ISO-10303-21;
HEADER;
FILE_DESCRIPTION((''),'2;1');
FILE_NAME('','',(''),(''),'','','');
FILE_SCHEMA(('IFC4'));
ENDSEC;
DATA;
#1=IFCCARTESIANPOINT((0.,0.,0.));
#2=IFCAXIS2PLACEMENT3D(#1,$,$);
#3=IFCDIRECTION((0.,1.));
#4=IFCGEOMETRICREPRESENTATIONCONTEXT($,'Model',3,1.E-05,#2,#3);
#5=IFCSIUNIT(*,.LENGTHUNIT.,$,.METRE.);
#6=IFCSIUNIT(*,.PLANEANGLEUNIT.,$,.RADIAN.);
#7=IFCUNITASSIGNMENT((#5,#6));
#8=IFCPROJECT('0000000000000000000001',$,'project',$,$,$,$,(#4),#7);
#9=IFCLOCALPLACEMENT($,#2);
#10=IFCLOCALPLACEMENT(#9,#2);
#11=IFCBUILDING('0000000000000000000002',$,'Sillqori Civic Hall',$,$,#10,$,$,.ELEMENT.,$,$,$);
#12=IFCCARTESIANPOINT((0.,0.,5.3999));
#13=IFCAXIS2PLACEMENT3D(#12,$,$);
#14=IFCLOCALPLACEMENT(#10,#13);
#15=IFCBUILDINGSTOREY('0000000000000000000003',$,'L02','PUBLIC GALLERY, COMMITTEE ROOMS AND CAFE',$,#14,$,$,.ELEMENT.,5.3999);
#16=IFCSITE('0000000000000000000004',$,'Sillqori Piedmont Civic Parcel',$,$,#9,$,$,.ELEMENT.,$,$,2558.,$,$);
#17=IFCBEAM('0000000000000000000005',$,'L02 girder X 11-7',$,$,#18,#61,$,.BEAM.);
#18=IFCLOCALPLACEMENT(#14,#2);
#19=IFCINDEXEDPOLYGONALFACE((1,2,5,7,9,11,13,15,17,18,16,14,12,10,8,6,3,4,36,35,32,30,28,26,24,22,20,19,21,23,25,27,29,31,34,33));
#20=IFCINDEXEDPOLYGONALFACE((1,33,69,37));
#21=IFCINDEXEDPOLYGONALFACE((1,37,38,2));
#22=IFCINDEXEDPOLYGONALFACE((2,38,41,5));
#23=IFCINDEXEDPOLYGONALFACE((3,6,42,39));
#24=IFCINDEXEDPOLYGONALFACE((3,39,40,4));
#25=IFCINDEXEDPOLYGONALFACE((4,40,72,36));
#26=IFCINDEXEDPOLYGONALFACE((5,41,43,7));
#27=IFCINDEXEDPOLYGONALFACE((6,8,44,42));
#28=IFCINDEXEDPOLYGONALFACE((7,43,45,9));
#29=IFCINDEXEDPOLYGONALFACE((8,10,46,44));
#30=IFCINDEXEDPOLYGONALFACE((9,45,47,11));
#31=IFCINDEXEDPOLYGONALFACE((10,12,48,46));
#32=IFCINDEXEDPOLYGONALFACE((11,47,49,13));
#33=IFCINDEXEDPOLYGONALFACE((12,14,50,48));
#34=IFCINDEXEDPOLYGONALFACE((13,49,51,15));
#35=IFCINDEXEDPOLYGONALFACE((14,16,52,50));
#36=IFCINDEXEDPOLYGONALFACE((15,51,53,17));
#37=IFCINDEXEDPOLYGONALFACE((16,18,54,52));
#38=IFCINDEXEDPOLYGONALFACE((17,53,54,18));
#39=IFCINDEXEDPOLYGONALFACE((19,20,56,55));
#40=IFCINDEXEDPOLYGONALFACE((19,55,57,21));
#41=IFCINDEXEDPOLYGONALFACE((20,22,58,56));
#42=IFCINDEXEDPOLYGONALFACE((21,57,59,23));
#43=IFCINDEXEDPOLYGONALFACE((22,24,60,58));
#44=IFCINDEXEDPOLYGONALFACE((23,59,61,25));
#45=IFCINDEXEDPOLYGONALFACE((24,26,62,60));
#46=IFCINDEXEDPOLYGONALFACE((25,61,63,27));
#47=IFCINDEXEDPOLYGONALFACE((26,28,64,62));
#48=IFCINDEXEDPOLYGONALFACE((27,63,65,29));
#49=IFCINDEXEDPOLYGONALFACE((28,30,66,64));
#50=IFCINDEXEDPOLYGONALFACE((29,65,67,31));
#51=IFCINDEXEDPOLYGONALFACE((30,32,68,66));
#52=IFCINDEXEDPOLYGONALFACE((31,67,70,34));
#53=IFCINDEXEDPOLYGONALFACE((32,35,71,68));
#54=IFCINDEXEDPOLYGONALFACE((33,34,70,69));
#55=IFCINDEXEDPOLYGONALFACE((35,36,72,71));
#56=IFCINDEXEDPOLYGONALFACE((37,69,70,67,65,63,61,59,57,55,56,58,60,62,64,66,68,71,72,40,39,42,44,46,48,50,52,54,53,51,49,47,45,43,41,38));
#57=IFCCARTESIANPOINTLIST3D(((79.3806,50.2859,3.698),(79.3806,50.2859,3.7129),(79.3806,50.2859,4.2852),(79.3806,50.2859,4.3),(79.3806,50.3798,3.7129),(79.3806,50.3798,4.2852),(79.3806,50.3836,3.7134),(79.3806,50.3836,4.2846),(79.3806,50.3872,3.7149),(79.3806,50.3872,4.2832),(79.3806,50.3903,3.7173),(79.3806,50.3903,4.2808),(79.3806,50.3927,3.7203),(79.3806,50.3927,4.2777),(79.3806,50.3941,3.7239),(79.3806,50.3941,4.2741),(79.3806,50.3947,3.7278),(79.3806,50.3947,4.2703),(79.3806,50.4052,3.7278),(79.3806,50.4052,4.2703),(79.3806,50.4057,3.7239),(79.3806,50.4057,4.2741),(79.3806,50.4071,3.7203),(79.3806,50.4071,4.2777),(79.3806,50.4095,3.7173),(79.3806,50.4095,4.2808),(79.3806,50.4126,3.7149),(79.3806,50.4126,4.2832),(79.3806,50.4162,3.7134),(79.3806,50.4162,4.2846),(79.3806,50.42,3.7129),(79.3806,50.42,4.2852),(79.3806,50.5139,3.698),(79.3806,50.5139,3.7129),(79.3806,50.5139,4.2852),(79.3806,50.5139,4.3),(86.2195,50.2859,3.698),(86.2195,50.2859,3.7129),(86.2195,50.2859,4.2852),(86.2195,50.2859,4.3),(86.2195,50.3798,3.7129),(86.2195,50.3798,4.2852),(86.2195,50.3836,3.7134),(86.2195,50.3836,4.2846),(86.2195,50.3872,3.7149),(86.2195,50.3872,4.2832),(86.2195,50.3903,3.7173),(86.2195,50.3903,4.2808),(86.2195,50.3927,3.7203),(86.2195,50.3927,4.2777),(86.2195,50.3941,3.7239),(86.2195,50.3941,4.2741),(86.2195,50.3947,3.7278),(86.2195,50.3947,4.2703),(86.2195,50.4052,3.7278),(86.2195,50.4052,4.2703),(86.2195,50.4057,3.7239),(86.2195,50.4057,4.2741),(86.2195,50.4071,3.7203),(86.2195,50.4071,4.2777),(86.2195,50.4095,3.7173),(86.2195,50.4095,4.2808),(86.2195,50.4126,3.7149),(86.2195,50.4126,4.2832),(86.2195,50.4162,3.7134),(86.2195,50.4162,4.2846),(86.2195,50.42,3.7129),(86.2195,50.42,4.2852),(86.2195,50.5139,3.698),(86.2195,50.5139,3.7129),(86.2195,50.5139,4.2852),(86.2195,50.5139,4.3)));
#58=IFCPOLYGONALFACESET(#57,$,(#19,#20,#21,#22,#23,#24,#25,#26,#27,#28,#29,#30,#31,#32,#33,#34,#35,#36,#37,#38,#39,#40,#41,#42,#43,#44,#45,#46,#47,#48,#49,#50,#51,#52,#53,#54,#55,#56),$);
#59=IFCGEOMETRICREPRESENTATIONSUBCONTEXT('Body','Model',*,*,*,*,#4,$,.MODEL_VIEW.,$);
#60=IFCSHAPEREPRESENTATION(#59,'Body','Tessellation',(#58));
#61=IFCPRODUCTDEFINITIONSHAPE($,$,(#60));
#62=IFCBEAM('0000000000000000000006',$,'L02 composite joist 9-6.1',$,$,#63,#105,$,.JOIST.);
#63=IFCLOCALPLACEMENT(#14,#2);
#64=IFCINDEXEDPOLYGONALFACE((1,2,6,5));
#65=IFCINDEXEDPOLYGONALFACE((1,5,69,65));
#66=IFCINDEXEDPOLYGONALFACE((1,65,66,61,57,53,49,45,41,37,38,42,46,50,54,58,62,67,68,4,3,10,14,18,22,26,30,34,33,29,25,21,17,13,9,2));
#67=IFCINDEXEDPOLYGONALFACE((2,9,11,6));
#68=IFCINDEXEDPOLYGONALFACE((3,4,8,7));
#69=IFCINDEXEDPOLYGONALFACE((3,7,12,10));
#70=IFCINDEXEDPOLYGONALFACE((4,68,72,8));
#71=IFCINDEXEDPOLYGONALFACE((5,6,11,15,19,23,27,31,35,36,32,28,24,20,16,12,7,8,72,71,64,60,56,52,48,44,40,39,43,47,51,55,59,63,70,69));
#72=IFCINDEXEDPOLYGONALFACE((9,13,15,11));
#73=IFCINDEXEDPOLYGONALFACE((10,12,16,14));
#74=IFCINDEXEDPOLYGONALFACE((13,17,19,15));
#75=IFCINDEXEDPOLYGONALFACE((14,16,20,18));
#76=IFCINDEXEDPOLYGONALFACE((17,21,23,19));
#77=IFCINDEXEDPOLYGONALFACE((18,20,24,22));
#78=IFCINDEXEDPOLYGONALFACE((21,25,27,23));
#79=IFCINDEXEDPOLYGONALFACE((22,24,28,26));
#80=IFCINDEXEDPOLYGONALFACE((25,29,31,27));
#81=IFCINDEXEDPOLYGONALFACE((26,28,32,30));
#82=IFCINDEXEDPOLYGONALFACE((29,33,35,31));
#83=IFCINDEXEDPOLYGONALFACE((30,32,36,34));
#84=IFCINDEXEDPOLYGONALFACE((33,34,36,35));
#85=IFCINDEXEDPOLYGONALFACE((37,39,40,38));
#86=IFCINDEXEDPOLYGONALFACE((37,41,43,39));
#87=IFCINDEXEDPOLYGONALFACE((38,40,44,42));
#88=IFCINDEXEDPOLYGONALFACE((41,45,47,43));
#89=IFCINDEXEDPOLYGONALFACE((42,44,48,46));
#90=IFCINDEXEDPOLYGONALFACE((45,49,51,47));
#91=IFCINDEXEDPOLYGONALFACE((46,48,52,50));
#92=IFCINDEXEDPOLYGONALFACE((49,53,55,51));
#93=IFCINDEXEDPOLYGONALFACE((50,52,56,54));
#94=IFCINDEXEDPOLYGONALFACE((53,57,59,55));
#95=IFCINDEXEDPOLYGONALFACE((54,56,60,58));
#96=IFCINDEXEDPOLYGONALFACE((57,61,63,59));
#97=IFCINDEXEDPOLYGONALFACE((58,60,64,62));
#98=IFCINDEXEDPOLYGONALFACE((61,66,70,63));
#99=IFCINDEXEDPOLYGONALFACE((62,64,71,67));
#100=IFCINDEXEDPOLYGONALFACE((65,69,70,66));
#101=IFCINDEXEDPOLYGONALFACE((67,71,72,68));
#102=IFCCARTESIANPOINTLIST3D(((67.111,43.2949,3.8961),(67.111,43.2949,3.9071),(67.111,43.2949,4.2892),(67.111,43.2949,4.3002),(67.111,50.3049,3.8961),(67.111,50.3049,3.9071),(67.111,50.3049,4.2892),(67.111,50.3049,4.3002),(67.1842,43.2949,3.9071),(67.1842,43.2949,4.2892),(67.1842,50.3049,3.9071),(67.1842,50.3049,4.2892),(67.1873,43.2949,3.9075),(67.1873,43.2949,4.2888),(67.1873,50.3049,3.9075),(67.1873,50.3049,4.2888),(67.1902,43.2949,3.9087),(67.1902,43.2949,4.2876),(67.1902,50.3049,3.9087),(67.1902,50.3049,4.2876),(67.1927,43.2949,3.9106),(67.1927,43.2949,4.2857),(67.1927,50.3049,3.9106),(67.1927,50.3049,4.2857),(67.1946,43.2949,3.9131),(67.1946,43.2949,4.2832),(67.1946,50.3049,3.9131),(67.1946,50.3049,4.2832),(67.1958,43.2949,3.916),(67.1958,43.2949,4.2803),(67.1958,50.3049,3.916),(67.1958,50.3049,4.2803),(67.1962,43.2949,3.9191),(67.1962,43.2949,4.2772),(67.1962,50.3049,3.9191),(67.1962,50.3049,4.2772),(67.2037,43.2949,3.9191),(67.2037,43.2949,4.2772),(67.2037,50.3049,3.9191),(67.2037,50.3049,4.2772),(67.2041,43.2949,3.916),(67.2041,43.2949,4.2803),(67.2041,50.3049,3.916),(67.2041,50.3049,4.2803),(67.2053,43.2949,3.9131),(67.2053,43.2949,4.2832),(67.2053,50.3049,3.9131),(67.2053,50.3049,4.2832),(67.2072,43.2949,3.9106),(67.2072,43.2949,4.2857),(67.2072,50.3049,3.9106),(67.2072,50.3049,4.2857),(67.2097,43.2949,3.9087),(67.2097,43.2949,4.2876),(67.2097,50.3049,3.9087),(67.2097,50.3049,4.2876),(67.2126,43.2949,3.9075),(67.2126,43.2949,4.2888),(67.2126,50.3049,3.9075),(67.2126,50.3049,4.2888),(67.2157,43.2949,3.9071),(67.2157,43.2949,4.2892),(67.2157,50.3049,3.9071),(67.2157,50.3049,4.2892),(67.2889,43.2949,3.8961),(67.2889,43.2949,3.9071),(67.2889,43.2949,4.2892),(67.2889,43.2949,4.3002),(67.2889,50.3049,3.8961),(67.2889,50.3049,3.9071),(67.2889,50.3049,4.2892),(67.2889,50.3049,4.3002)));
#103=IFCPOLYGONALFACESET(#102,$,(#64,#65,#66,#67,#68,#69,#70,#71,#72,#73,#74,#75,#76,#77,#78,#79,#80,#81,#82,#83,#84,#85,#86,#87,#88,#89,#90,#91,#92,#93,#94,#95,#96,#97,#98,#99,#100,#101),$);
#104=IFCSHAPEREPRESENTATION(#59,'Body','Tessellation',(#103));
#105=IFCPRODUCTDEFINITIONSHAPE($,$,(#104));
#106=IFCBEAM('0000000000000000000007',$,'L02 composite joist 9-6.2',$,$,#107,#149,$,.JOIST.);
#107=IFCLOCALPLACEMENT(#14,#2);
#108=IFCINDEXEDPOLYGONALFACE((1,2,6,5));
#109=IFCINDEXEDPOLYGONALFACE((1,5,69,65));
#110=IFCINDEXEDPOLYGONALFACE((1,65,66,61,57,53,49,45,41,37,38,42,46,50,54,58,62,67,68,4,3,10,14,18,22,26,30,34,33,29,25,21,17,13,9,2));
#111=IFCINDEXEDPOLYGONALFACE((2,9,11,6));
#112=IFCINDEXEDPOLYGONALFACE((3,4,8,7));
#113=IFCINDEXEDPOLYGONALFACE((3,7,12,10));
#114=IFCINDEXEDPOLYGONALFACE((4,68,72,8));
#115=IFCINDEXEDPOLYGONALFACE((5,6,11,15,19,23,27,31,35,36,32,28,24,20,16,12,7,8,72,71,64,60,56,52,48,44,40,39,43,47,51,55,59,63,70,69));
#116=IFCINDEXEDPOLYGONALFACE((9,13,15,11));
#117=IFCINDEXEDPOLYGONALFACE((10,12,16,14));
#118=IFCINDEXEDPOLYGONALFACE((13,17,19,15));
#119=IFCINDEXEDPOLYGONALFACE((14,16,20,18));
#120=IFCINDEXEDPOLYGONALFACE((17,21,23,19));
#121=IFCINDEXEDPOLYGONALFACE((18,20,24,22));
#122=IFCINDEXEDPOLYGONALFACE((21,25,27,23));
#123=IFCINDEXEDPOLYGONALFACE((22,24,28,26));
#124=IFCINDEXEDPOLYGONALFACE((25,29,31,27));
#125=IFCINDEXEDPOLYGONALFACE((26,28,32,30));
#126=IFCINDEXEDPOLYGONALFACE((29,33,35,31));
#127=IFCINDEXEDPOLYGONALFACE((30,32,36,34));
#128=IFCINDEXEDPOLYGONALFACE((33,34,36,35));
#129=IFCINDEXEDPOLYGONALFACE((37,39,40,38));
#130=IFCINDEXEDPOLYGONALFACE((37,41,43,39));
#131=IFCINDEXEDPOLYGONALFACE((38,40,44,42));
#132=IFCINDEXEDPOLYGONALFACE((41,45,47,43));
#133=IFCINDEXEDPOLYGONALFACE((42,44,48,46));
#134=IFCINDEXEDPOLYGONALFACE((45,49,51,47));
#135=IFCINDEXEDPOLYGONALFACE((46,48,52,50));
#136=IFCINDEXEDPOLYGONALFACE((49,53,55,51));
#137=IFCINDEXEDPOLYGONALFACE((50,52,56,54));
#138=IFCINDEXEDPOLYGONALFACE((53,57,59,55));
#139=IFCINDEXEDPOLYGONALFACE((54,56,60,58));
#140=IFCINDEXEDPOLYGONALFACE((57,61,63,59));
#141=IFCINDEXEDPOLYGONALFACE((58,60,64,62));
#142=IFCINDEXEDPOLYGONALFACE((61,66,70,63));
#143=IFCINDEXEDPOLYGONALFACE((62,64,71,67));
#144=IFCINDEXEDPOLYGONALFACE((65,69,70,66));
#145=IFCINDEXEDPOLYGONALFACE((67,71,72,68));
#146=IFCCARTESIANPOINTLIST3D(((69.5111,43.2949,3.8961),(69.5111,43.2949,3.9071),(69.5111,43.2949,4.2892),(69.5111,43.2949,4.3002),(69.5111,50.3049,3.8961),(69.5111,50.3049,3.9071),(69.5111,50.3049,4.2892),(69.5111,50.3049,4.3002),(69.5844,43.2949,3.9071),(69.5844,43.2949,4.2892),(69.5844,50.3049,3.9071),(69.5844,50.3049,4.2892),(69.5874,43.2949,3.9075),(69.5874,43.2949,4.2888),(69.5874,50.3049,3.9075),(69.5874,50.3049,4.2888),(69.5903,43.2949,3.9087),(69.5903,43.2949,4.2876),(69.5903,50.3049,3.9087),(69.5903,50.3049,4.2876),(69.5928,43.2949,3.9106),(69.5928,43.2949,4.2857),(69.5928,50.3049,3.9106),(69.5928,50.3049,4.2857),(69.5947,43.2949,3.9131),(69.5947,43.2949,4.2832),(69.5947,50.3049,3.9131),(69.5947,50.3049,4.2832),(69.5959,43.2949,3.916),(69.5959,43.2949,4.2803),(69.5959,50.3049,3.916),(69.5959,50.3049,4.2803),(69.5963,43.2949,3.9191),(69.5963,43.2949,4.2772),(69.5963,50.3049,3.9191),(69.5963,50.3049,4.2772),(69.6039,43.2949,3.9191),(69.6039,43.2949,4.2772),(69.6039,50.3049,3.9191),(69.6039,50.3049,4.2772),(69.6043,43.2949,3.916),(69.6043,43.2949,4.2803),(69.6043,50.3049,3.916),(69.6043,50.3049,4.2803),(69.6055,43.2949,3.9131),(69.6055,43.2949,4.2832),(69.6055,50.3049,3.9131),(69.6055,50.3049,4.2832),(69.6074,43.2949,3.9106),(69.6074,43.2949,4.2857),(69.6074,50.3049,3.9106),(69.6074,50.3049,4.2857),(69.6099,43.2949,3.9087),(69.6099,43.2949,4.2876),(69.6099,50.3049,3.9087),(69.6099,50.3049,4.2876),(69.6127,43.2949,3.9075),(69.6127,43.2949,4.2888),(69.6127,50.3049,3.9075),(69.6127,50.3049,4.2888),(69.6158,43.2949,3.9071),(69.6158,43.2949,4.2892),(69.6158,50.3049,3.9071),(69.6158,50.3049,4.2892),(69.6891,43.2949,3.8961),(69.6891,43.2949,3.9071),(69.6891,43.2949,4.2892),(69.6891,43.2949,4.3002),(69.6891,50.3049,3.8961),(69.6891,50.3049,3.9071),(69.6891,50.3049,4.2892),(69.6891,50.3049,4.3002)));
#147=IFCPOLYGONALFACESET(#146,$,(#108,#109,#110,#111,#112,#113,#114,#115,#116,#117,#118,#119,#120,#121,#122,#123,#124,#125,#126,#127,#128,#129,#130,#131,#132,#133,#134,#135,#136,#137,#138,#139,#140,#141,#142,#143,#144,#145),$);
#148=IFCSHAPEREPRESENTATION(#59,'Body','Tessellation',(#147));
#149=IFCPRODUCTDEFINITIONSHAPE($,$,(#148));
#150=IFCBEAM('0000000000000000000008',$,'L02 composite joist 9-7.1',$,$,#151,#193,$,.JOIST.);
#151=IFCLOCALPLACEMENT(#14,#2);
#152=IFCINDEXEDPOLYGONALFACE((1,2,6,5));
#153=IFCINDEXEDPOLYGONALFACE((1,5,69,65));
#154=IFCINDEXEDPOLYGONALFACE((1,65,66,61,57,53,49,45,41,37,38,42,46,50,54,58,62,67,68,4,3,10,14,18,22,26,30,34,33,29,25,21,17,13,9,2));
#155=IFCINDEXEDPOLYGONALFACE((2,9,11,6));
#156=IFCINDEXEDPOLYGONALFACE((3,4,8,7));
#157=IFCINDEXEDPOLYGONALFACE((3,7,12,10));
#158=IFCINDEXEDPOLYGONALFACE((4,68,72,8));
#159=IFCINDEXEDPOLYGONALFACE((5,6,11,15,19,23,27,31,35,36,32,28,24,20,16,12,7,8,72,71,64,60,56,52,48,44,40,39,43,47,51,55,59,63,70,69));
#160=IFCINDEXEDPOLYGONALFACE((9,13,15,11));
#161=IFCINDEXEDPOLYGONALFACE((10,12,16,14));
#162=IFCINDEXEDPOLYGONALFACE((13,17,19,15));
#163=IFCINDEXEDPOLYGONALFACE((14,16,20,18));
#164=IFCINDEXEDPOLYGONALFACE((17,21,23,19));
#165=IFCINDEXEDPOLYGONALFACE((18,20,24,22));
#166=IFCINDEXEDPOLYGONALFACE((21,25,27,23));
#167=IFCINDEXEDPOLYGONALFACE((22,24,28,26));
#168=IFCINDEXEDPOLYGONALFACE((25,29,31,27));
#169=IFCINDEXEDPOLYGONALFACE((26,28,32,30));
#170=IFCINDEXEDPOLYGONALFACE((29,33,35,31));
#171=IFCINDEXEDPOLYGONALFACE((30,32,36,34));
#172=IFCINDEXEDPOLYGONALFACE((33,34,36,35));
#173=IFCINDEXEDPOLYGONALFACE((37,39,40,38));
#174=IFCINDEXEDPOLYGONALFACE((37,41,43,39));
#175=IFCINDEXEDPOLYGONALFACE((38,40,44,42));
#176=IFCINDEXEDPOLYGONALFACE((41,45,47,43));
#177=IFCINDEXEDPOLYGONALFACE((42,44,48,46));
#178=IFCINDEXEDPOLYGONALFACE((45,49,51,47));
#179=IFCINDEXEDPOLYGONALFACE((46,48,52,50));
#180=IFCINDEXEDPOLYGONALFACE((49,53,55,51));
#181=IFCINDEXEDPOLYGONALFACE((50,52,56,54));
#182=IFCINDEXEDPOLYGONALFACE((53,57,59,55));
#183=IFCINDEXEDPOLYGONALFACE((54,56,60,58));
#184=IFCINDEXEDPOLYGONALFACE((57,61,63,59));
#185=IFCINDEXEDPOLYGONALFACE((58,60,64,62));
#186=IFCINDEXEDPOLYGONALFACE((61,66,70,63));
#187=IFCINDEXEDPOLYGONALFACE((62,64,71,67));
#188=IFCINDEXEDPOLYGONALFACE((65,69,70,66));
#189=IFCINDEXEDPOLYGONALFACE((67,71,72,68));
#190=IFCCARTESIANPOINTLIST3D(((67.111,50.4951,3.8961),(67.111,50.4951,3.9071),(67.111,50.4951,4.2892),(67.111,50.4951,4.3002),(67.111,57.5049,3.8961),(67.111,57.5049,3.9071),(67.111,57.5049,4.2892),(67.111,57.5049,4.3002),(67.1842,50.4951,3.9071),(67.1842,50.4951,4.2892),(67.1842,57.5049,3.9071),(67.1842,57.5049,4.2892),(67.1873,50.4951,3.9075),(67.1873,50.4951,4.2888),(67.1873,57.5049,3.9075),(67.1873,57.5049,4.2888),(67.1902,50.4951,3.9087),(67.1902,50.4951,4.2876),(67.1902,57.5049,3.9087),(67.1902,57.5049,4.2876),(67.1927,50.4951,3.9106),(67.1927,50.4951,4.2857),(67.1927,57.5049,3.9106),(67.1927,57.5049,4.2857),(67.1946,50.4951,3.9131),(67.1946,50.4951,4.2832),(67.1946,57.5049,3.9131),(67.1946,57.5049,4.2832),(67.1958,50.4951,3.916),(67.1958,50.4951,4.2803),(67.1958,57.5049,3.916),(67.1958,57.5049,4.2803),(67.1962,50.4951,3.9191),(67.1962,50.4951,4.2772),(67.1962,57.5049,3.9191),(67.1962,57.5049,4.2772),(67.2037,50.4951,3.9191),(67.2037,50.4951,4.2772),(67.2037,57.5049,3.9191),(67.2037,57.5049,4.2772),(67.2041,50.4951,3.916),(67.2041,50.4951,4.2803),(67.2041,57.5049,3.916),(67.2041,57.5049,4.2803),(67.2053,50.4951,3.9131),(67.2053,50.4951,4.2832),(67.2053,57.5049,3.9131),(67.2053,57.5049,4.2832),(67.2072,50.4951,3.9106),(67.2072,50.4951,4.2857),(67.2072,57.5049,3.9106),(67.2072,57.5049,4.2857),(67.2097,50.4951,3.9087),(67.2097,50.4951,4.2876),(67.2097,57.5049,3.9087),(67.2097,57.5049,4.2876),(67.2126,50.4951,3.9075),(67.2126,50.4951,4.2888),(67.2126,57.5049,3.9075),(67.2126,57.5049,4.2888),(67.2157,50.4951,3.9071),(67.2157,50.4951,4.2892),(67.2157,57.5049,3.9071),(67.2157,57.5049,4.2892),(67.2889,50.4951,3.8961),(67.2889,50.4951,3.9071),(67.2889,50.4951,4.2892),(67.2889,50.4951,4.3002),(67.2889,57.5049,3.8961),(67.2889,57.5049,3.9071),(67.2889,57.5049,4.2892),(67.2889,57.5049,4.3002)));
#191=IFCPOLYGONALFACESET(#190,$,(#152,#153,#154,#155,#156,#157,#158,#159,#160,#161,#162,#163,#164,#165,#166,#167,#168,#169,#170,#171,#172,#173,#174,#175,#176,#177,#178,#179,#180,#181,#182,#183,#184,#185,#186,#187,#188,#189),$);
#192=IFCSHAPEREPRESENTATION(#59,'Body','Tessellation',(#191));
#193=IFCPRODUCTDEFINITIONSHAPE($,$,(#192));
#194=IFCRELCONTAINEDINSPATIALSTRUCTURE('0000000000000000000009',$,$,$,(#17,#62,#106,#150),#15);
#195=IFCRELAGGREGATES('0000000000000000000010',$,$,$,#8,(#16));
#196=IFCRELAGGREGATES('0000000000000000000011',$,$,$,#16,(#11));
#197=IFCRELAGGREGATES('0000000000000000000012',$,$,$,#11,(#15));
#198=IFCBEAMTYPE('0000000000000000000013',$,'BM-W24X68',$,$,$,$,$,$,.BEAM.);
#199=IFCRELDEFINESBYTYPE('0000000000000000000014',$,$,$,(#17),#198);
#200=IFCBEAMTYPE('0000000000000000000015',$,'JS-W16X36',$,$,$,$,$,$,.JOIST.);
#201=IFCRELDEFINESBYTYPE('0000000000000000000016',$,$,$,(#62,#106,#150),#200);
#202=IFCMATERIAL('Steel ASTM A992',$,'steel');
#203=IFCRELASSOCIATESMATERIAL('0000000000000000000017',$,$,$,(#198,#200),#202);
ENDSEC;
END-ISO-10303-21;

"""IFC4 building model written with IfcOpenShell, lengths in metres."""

from ifc_helpers import new_model, si_unit, direction, frame, origin, origin_2d, place, context, subcontext, project, spatial, i_section, extrude, material, material_profile, profile_set, type_object, element, save


model = new_model("IFC4")

# Units and contexts
model_context = context("Model", 3, precision=1e-05, world=origin(), true_north=direction((0.0, 1.0)))
body_context = subcontext(model_context, "Body", "Model", "MODEL_VIEW")
ifc_project = project(units=[si_unit("LENGTHUNIT", "METRE"), si_unit("PLANEANGLEUNIT", "RADIAN")], contexts=[model_context])

# Site, building, storey
site_placement = place(None, origin())
site = spatial("IfcSite", under=ifc_project, at=site_placement, Name="Sillqori Piedmont Civic Parcel", CompositionType="ELEMENT", RefElevation=2558.0)
building_placement = place(site_placement, origin())
building = spatial("IfcBuilding", under=site, at=building_placement, Name="Sillqori Civic Hall", CompositionType="ELEMENT")
storey_placement = place(building_placement, frame((0.0, 0.0, 5.3999)))
storey = spatial("IfcBuildingStorey", under=building, at=storey_placement, Name="L02", Description="PUBLIC GALLERY, COMMITTEE ROOMS AND CAFE", CompositionType="ELEMENT", Elevation=5.3999)

# Shared definitions
ifc_material_1 = material(Name="Steel ASTM A992", Category="steel")

# Beams
ifc_material_profile_1 = material_profile(ifc_material_1, i_section(OverallWidth=0.228, OverallDepth=0.6021, WebThickness=0.0105, FlangeThickness=0.0149, FilletRadius=0.0149, at=origin_2d()), Name="W24X68")
ifc_profile_set_1 = profile_set([ifc_material_profile_1], Name="Steel ASTM A992")
beam_type_1 = type_object("IfcBeamType", Name="BM-W24X68", PredefinedType="BEAM", material=ifc_profile_set_1)
for number, where, z_axis, x_axis, name in (
    (1, (79.3806, 50.3999, 3.999), (1.0, 0.0, 0.0), (0.0, 1.0, 0.0), "L02 girder X 11-7"),
):
    element("IfcBeam", number, at=place(storey_placement, frame(where, z_axis=z_axis, x_axis=x_axis)), inside=storey, type_object=beam_type_1, Name=name, PredefinedType="BEAM", context=body_context, shape_type="SweptSolid", body=[
        extrude(i_section(OverallWidth=0.228, OverallDepth=0.6021, WebThickness=0.0105, FlangeThickness=0.0149, FilletRadius=0.0149, at=origin_2d()), origin(), (0.0, 0.0, 1.0), 6.8389),
    ])
ifc_material_profile_2 = material_profile(ifc_material_1, i_section(OverallWidth=0.178, OverallDepth=0.4041, WebThickness=0.0076, FlangeThickness=0.011, FilletRadius=0.012, at=origin_2d()), Name="W16X36")
ifc_profile_set_2 = profile_set([ifc_material_profile_2], Name="Steel ASTM A992")
beam_type_2 = type_object("IfcBeamType", Name="JS-W16X36", PredefinedType="JOIST", material=ifc_profile_set_2)
for number, where, z_axis, x_axis, name in (
    (2, (67.2, 43.2949, 4.0981), (0.0, 1.0, 0.0), (-1.0, 0.0, 0.0), "L02 composite joist 9-6.1"),
    (3, (69.6001, 43.2949, 4.0981), (0.0, 1.0, 0.0), (-1.0, 0.0, 0.0), "L02 composite joist 9-6.2"),
):
    element("IfcBeam", number, at=place(storey_placement, frame(where, z_axis=z_axis, x_axis=x_axis)), inside=storey, type_object=beam_type_2, Name=name, PredefinedType="JOIST", context=body_context, shape_type="SweptSolid", body=[
        extrude(i_section(OverallWidth=0.178, OverallDepth=0.4041, WebThickness=0.0076, FlangeThickness=0.011, FilletRadius=0.012, at=origin_2d()), origin(), (0.0, 0.0, 1.0), 7.01),
    ])
for number, where, z_axis, x_axis, name in (
    (4, (67.2, 50.4951, 4.0981), (0.0, 1.0, 0.0), (-1.0, 0.0, 0.0), "L02 composite joist 9-7.1"),
):
    element("IfcBeam", number, at=place(storey_placement, frame(where, z_axis=z_axis, x_axis=x_axis)), inside=storey, type_object=beam_type_2, Name=name, PredefinedType="JOIST", context=body_context, shape_type="SweptSolid", body=[
        extrude(i_section(OverallWidth=0.178, OverallDepth=0.4041, WebThickness=0.0076, FlangeThickness=0.011, FilletRadius=0.012, at=origin_2d()), origin(), (0.0, 0.0, 1.0), 7.0098),
    ])

save(model, "model.ifc")
